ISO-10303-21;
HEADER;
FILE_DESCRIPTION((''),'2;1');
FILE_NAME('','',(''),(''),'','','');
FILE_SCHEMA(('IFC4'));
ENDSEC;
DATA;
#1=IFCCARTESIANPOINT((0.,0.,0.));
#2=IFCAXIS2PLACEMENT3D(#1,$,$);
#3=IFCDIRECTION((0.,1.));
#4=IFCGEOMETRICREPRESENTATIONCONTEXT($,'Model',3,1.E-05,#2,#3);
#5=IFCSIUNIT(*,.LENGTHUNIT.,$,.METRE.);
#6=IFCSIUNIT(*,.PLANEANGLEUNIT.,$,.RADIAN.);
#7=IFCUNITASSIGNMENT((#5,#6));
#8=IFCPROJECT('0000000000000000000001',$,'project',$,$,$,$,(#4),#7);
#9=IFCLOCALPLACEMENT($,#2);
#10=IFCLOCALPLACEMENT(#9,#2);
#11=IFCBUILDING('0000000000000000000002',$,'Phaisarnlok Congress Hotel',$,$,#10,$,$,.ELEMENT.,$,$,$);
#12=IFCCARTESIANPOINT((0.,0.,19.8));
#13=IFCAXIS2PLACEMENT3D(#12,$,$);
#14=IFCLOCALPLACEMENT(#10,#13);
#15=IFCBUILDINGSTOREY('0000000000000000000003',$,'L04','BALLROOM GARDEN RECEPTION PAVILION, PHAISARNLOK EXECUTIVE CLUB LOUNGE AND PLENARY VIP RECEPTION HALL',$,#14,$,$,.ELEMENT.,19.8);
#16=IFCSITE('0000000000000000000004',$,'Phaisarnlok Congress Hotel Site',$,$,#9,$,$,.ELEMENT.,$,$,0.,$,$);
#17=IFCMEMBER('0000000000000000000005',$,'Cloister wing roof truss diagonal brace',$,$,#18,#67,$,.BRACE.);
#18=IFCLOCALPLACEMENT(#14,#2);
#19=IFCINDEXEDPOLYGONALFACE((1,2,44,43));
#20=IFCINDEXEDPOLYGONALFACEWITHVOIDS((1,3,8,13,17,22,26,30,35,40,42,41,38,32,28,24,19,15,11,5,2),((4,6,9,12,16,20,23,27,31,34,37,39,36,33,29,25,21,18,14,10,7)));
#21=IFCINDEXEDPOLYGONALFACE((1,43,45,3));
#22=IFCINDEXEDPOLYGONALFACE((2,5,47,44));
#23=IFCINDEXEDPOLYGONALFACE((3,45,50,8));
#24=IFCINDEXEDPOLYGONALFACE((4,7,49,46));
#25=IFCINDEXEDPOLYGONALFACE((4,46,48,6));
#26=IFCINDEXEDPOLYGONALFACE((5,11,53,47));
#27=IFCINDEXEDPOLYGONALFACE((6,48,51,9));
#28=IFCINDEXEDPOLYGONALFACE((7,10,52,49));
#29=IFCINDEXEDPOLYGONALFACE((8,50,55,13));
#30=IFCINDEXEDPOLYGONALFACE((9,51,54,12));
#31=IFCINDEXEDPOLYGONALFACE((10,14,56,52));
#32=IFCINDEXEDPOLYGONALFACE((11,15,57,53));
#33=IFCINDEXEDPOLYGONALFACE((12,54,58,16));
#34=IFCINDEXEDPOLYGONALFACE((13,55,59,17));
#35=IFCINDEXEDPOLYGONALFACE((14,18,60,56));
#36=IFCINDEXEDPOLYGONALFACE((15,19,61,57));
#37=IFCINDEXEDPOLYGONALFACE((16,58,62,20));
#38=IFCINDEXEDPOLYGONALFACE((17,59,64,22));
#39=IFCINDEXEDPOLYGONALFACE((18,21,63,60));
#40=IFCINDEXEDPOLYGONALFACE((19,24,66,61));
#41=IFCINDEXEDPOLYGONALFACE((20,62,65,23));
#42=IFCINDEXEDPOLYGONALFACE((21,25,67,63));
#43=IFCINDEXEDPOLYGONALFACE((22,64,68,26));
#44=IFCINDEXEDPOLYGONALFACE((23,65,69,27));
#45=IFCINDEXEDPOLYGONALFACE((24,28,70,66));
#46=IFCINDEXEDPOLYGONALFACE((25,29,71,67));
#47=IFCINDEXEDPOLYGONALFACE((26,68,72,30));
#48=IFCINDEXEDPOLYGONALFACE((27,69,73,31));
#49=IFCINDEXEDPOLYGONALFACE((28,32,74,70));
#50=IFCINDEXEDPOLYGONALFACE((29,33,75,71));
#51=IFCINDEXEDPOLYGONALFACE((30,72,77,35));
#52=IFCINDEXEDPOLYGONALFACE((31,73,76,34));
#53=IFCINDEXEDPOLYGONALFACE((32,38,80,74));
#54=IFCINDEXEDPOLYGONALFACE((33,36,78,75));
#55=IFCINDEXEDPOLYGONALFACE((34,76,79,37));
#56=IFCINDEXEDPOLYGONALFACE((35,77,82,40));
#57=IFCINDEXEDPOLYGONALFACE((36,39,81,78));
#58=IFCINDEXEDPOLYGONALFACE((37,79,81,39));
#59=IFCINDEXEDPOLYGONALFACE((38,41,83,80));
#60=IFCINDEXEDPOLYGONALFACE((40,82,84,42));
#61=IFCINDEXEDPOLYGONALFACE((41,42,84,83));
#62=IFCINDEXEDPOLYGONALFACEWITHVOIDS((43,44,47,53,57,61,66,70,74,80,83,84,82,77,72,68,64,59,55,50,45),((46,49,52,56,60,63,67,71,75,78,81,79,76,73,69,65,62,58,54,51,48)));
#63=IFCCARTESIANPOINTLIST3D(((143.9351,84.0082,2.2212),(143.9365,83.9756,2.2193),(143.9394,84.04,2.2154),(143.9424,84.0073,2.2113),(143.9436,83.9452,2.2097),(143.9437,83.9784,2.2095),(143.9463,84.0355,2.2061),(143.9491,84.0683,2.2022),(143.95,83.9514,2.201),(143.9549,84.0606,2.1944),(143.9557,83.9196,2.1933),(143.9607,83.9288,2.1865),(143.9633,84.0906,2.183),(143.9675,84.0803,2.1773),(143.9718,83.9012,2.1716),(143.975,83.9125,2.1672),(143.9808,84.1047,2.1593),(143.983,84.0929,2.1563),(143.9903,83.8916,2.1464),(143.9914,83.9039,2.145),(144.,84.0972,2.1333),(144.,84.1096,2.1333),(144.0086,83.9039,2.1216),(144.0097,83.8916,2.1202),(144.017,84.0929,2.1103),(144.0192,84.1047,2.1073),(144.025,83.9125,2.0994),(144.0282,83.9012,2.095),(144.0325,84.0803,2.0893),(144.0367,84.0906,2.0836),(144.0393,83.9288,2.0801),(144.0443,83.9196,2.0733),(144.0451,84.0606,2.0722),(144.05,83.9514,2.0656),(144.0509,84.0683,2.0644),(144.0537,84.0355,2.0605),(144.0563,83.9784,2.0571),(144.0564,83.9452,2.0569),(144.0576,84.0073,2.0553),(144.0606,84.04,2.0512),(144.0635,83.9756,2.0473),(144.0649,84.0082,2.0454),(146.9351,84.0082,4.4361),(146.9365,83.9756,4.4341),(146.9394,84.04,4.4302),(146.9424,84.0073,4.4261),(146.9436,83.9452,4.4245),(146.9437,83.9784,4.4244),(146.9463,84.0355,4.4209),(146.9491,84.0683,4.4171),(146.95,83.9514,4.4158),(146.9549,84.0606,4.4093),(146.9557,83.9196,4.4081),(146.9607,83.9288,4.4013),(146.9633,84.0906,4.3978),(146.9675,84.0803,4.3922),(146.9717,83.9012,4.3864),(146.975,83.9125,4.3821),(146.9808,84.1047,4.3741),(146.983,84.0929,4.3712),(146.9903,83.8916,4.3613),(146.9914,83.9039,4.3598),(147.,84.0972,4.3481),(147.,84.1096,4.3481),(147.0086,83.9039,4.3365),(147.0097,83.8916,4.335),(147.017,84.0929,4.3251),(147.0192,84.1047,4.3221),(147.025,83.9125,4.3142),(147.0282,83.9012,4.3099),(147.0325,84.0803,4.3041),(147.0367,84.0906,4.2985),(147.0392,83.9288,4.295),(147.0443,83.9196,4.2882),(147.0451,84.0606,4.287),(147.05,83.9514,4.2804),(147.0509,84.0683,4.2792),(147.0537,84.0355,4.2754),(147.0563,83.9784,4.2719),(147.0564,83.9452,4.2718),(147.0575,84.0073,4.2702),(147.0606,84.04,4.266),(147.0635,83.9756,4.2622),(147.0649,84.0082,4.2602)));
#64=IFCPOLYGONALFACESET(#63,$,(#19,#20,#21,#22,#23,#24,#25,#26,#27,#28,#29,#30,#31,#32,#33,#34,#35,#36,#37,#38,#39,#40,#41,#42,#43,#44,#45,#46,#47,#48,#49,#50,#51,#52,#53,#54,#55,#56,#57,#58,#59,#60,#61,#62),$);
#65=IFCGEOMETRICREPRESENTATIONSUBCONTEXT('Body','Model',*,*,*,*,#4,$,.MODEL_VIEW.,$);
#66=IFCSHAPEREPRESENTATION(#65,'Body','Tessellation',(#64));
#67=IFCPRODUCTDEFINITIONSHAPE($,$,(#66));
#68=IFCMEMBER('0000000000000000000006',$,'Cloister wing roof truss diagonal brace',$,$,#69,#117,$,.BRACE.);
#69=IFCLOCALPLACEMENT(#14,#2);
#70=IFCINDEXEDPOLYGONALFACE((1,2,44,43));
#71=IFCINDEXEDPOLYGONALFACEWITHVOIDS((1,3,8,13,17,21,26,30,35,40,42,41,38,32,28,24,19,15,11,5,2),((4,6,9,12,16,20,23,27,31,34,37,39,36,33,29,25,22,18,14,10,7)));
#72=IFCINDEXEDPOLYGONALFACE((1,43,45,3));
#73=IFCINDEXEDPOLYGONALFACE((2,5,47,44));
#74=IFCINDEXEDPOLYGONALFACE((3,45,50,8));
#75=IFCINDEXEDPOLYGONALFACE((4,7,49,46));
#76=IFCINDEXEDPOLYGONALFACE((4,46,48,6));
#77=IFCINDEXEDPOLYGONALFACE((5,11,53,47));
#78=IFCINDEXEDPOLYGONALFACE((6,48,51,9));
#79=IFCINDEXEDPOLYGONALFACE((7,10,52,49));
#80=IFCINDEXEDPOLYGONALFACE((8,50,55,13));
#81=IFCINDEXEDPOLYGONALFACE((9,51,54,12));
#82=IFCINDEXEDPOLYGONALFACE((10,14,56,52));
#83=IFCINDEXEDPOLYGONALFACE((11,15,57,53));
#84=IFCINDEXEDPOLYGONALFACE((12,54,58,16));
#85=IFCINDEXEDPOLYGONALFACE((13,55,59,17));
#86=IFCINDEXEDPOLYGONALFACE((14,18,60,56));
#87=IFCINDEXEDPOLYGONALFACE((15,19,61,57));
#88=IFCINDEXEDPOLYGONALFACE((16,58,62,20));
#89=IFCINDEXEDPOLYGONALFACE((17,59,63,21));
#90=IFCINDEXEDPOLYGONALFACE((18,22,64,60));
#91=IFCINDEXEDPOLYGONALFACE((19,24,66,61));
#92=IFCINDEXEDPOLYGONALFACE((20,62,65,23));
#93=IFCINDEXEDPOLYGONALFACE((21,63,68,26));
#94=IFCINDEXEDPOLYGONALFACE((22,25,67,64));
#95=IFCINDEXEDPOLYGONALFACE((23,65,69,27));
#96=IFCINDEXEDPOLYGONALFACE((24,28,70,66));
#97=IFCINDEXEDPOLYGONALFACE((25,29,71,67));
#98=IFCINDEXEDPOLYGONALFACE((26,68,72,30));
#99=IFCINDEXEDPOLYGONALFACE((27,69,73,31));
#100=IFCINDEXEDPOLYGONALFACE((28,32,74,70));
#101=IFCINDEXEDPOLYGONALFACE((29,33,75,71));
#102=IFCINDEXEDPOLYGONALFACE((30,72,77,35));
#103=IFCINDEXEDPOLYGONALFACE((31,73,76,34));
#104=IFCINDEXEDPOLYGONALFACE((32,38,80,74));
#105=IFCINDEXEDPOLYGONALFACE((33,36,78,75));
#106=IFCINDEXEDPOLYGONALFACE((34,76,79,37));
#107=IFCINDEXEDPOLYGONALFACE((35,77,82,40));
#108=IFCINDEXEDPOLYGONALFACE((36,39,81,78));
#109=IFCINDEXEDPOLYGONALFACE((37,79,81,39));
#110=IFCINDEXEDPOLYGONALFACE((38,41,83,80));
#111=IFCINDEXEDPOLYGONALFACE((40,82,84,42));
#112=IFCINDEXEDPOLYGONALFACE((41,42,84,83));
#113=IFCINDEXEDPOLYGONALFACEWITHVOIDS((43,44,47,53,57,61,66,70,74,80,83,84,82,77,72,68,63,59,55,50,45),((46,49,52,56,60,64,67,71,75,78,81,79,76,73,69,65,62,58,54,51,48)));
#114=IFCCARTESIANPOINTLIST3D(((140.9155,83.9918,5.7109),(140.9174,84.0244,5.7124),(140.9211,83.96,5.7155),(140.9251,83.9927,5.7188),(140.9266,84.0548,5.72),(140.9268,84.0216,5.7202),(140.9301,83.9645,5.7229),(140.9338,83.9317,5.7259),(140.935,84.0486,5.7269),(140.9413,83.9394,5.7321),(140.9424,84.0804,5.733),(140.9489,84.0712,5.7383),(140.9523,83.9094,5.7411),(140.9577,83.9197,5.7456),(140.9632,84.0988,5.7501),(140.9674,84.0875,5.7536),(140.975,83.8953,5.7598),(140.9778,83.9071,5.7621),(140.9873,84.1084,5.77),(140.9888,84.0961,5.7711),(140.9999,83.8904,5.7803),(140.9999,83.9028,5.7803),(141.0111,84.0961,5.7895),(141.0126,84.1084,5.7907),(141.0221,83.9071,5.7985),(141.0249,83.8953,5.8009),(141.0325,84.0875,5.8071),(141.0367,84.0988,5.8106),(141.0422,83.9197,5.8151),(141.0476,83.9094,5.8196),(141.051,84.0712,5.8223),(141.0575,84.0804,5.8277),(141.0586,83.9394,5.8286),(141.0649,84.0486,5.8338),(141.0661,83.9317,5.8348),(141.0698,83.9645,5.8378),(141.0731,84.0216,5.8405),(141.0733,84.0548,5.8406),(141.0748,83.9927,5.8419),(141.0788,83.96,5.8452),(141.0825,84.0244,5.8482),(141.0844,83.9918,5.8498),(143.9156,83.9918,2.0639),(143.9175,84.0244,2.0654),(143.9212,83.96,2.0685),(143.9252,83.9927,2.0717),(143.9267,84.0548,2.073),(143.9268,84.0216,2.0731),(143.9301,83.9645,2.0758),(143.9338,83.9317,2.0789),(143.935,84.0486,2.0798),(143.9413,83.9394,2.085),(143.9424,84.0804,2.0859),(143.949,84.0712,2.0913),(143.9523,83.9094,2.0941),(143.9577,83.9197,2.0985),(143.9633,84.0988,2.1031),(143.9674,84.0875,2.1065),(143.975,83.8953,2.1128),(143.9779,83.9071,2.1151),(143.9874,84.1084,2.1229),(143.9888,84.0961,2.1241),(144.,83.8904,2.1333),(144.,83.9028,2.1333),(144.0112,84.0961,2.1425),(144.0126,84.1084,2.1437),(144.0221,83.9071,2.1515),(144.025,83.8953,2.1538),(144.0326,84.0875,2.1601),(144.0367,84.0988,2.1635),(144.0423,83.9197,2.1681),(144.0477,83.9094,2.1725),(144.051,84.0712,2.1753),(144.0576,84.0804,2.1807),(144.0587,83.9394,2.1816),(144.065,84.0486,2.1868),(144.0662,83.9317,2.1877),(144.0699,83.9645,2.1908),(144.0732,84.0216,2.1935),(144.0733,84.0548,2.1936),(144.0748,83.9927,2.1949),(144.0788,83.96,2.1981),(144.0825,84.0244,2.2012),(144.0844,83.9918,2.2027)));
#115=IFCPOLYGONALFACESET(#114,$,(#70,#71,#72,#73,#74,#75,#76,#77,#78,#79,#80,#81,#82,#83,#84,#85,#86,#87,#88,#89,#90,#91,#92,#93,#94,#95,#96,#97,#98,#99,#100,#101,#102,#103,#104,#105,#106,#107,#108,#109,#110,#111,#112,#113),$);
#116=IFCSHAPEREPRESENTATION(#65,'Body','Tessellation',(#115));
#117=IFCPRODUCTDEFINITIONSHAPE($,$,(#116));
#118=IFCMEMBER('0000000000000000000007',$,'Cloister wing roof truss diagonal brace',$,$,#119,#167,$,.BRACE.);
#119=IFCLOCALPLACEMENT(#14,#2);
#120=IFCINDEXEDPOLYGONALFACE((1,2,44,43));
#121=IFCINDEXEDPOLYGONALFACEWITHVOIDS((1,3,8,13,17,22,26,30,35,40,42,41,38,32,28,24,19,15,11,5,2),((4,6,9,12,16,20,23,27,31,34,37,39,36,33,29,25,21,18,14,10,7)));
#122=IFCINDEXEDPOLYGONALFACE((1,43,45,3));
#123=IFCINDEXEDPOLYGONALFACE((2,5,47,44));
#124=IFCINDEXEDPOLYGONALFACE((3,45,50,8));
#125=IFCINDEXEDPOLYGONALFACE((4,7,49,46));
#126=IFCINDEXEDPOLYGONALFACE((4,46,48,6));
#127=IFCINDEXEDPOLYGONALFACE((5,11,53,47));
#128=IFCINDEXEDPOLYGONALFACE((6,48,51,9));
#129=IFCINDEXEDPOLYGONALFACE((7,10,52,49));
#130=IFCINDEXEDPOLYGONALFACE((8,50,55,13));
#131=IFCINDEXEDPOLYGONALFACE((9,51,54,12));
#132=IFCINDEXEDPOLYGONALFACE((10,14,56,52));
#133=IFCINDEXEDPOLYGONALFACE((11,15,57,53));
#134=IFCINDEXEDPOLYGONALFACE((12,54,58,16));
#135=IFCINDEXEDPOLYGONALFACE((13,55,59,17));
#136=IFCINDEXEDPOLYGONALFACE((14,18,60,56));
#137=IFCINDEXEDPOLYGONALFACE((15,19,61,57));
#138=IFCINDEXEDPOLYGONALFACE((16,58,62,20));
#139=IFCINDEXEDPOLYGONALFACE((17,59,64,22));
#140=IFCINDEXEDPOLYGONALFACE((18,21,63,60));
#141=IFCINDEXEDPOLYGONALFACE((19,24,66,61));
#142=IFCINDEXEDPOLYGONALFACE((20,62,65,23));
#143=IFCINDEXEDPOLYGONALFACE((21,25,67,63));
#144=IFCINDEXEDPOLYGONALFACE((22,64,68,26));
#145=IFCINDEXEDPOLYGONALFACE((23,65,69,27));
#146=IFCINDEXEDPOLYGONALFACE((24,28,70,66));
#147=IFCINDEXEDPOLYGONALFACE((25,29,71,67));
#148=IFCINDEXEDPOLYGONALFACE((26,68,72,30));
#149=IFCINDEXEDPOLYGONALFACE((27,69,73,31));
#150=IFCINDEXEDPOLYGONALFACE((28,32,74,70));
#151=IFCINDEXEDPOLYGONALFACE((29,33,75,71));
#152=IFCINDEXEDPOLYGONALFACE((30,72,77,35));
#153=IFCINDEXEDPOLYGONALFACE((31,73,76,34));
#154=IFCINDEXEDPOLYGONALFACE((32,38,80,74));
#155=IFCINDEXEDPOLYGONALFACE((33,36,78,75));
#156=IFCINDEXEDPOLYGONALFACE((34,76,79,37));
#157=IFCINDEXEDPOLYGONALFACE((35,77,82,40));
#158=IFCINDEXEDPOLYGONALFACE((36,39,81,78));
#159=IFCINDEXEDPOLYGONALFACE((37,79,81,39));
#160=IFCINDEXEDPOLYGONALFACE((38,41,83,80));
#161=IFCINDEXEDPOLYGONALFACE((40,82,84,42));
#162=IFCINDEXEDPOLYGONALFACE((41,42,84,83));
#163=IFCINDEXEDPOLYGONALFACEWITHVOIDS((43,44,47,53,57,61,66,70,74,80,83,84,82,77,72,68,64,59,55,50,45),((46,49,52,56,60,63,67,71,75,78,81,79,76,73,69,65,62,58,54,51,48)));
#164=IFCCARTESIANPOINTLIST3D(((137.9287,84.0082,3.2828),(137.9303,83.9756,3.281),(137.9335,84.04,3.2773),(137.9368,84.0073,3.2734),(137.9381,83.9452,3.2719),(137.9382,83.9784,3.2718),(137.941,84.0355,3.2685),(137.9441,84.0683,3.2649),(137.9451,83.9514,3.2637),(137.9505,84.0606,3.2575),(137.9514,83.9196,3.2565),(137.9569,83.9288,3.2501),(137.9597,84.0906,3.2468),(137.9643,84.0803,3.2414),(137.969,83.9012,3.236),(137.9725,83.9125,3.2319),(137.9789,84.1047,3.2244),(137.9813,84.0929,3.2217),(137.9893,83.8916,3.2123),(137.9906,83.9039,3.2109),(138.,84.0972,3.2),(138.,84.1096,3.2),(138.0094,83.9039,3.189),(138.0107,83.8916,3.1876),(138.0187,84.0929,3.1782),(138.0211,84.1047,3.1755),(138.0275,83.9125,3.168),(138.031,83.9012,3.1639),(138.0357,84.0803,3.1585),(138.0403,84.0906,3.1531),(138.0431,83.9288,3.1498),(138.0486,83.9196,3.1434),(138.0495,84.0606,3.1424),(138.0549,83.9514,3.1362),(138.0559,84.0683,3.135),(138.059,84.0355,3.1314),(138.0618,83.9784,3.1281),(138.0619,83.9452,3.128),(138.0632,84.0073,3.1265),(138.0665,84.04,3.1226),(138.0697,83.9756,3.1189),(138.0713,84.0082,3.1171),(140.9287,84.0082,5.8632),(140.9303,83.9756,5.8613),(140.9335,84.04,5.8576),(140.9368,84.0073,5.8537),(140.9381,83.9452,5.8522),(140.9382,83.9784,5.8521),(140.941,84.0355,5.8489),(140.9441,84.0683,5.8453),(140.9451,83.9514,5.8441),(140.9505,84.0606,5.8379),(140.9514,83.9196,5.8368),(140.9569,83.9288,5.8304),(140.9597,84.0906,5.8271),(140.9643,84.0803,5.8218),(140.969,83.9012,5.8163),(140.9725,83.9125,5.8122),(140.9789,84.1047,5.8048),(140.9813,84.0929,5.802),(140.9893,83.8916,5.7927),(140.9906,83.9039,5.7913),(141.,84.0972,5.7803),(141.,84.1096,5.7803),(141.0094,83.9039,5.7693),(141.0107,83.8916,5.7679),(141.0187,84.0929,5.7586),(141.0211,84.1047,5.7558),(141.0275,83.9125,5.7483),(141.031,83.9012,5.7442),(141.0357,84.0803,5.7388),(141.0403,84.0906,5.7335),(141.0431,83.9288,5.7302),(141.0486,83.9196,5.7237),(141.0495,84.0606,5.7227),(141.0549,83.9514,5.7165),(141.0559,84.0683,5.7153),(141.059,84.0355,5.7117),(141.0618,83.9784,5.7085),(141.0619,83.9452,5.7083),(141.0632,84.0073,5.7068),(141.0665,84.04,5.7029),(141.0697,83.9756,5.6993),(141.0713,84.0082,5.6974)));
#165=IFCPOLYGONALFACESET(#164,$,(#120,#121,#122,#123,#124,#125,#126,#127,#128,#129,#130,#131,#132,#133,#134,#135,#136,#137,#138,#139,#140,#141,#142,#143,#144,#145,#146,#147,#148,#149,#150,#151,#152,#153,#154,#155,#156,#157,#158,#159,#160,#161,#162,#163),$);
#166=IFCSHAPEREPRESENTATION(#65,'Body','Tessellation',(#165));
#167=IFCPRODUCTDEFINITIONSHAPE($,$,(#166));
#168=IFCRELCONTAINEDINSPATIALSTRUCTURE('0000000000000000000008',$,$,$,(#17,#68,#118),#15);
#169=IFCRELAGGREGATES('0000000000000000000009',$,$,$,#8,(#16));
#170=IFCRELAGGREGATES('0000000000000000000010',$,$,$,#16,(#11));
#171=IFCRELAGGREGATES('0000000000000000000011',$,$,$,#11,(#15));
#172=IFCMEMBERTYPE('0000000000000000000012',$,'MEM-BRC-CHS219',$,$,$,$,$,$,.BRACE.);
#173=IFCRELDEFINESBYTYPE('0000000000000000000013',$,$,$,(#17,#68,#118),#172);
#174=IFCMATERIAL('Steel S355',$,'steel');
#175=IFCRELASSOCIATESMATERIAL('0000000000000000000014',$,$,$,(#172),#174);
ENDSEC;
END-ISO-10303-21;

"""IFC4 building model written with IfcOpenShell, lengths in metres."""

from ifc_helpers import new_model, si_unit, direction, frame, origin, origin_2d, place, context, subcontext, project, spatial, hollow_circle, extrude, material, material_profile, profile_set, type_object, element, save


model = new_model("IFC4")

# Units and contexts
model_context = context("Model", 3, precision=1e-05, world=origin(), true_north=direction((0.0, 1.0)))
body_context = subcontext(model_context, "Body", "Model", "MODEL_VIEW")
ifc_project = project(units=[si_unit("LENGTHUNIT", "METRE"), si_unit("PLANEANGLEUNIT", "RADIAN")], contexts=[model_context])

# Site, building, storey
site_placement = place(None, origin())
site = spatial("IfcSite", under=ifc_project, at=site_placement, Name="Phaisarnlok Congress Hotel Site", CompositionType="ELEMENT", RefElevation=0.0)
building_placement = place(site_placement, origin())
building = spatial("IfcBuilding", under=site, at=building_placement, Name="Phaisarnlok Congress Hotel", CompositionType="ELEMENT")
storey_placement = place(building_placement, frame((0.0, 0.0, 19.8)))
storey = spatial("IfcBuildingStorey", under=building, at=storey_placement, Name="L04", Description="BALLROOM GARDEN RECEPTION PAVILION, PHAISARNLOK EXECUTIVE CLUB LOUNGE AND PLENARY VIP RECEPTION HALL", CompositionType="ELEMENT", Elevation=19.8)

# Shared definitions
ifc_material_1 = material(Name="Steel S355", Category="steel")

# Members
ifc_material_profile_1 = material_profile(ifc_material_1, hollow_circle(Radius=0.1096, WallThickness=0.0125, at=origin_2d()), Name="CHS 219.1x12.5")
ifc_profile_set_1 = profile_set([ifc_material_profile_1], Name="Steel S355")
member_type_1 = type_object("IfcMemberType", Name="MEM-BRC-CHS219", PredefinedType="BRACE", material=ifc_profile_set_1)
member_1_placement = place(storey_placement, frame((144.0, 84.0, 2.1333), z_axis=(0.804503, 0.0, 0.593949), x_axis=(0.0, 1.0, 0.0)))
element("IfcMember", 1, at=member_1_placement, inside=storey, type_object=member_type_1, Name="Cloister wing roof truss diagonal brace", PredefinedType="BRACE", context=body_context, shape_type="SweptSolid", body=[
    extrude(hollow_circle(Radius=0.1096, WallThickness=0.0125, at=origin_2d()), origin(), (0.0, 0.0, 1.0), 3.729),
])
member_2_placement = place(storey_placement, frame((144.0, 84.0, 2.1333), z_axis=(-0.635279, 0.0, 0.772282), x_axis=(0.0, -1.0, 0.0)))
element("IfcMember", 2, at=member_2_placement, inside=storey, type_object=member_type_1, Name="Cloister wing roof truss diagonal brace", PredefinedType="BRACE", context=body_context, shape_type="SweptSolid", body=[
    extrude(hollow_circle(Radius=0.1096, WallThickness=0.0125, at=origin_2d()), origin(), (0.0, 0.0, 1.0), 4.7224),
])
member_3_placement = place(storey_placement, frame((138.0, 84.0, 3.2), z_axis=(0.758145, 0.0, 0.652086), x_axis=(0.0, 1.0, 0.0)))
element("IfcMember", 3, at=member_3_placement, inside=storey, type_object=member_type_1, Name="Cloister wing roof truss diagonal brace", PredefinedType="BRACE", context=body_context, shape_type="SweptSolid", body=[
    extrude(hollow_circle(Radius=0.1096, WallThickness=0.0125, at=origin_2d()), origin(), (0.0, 0.0, 1.0), 3.957),
])

save(model, "model.ifc")
